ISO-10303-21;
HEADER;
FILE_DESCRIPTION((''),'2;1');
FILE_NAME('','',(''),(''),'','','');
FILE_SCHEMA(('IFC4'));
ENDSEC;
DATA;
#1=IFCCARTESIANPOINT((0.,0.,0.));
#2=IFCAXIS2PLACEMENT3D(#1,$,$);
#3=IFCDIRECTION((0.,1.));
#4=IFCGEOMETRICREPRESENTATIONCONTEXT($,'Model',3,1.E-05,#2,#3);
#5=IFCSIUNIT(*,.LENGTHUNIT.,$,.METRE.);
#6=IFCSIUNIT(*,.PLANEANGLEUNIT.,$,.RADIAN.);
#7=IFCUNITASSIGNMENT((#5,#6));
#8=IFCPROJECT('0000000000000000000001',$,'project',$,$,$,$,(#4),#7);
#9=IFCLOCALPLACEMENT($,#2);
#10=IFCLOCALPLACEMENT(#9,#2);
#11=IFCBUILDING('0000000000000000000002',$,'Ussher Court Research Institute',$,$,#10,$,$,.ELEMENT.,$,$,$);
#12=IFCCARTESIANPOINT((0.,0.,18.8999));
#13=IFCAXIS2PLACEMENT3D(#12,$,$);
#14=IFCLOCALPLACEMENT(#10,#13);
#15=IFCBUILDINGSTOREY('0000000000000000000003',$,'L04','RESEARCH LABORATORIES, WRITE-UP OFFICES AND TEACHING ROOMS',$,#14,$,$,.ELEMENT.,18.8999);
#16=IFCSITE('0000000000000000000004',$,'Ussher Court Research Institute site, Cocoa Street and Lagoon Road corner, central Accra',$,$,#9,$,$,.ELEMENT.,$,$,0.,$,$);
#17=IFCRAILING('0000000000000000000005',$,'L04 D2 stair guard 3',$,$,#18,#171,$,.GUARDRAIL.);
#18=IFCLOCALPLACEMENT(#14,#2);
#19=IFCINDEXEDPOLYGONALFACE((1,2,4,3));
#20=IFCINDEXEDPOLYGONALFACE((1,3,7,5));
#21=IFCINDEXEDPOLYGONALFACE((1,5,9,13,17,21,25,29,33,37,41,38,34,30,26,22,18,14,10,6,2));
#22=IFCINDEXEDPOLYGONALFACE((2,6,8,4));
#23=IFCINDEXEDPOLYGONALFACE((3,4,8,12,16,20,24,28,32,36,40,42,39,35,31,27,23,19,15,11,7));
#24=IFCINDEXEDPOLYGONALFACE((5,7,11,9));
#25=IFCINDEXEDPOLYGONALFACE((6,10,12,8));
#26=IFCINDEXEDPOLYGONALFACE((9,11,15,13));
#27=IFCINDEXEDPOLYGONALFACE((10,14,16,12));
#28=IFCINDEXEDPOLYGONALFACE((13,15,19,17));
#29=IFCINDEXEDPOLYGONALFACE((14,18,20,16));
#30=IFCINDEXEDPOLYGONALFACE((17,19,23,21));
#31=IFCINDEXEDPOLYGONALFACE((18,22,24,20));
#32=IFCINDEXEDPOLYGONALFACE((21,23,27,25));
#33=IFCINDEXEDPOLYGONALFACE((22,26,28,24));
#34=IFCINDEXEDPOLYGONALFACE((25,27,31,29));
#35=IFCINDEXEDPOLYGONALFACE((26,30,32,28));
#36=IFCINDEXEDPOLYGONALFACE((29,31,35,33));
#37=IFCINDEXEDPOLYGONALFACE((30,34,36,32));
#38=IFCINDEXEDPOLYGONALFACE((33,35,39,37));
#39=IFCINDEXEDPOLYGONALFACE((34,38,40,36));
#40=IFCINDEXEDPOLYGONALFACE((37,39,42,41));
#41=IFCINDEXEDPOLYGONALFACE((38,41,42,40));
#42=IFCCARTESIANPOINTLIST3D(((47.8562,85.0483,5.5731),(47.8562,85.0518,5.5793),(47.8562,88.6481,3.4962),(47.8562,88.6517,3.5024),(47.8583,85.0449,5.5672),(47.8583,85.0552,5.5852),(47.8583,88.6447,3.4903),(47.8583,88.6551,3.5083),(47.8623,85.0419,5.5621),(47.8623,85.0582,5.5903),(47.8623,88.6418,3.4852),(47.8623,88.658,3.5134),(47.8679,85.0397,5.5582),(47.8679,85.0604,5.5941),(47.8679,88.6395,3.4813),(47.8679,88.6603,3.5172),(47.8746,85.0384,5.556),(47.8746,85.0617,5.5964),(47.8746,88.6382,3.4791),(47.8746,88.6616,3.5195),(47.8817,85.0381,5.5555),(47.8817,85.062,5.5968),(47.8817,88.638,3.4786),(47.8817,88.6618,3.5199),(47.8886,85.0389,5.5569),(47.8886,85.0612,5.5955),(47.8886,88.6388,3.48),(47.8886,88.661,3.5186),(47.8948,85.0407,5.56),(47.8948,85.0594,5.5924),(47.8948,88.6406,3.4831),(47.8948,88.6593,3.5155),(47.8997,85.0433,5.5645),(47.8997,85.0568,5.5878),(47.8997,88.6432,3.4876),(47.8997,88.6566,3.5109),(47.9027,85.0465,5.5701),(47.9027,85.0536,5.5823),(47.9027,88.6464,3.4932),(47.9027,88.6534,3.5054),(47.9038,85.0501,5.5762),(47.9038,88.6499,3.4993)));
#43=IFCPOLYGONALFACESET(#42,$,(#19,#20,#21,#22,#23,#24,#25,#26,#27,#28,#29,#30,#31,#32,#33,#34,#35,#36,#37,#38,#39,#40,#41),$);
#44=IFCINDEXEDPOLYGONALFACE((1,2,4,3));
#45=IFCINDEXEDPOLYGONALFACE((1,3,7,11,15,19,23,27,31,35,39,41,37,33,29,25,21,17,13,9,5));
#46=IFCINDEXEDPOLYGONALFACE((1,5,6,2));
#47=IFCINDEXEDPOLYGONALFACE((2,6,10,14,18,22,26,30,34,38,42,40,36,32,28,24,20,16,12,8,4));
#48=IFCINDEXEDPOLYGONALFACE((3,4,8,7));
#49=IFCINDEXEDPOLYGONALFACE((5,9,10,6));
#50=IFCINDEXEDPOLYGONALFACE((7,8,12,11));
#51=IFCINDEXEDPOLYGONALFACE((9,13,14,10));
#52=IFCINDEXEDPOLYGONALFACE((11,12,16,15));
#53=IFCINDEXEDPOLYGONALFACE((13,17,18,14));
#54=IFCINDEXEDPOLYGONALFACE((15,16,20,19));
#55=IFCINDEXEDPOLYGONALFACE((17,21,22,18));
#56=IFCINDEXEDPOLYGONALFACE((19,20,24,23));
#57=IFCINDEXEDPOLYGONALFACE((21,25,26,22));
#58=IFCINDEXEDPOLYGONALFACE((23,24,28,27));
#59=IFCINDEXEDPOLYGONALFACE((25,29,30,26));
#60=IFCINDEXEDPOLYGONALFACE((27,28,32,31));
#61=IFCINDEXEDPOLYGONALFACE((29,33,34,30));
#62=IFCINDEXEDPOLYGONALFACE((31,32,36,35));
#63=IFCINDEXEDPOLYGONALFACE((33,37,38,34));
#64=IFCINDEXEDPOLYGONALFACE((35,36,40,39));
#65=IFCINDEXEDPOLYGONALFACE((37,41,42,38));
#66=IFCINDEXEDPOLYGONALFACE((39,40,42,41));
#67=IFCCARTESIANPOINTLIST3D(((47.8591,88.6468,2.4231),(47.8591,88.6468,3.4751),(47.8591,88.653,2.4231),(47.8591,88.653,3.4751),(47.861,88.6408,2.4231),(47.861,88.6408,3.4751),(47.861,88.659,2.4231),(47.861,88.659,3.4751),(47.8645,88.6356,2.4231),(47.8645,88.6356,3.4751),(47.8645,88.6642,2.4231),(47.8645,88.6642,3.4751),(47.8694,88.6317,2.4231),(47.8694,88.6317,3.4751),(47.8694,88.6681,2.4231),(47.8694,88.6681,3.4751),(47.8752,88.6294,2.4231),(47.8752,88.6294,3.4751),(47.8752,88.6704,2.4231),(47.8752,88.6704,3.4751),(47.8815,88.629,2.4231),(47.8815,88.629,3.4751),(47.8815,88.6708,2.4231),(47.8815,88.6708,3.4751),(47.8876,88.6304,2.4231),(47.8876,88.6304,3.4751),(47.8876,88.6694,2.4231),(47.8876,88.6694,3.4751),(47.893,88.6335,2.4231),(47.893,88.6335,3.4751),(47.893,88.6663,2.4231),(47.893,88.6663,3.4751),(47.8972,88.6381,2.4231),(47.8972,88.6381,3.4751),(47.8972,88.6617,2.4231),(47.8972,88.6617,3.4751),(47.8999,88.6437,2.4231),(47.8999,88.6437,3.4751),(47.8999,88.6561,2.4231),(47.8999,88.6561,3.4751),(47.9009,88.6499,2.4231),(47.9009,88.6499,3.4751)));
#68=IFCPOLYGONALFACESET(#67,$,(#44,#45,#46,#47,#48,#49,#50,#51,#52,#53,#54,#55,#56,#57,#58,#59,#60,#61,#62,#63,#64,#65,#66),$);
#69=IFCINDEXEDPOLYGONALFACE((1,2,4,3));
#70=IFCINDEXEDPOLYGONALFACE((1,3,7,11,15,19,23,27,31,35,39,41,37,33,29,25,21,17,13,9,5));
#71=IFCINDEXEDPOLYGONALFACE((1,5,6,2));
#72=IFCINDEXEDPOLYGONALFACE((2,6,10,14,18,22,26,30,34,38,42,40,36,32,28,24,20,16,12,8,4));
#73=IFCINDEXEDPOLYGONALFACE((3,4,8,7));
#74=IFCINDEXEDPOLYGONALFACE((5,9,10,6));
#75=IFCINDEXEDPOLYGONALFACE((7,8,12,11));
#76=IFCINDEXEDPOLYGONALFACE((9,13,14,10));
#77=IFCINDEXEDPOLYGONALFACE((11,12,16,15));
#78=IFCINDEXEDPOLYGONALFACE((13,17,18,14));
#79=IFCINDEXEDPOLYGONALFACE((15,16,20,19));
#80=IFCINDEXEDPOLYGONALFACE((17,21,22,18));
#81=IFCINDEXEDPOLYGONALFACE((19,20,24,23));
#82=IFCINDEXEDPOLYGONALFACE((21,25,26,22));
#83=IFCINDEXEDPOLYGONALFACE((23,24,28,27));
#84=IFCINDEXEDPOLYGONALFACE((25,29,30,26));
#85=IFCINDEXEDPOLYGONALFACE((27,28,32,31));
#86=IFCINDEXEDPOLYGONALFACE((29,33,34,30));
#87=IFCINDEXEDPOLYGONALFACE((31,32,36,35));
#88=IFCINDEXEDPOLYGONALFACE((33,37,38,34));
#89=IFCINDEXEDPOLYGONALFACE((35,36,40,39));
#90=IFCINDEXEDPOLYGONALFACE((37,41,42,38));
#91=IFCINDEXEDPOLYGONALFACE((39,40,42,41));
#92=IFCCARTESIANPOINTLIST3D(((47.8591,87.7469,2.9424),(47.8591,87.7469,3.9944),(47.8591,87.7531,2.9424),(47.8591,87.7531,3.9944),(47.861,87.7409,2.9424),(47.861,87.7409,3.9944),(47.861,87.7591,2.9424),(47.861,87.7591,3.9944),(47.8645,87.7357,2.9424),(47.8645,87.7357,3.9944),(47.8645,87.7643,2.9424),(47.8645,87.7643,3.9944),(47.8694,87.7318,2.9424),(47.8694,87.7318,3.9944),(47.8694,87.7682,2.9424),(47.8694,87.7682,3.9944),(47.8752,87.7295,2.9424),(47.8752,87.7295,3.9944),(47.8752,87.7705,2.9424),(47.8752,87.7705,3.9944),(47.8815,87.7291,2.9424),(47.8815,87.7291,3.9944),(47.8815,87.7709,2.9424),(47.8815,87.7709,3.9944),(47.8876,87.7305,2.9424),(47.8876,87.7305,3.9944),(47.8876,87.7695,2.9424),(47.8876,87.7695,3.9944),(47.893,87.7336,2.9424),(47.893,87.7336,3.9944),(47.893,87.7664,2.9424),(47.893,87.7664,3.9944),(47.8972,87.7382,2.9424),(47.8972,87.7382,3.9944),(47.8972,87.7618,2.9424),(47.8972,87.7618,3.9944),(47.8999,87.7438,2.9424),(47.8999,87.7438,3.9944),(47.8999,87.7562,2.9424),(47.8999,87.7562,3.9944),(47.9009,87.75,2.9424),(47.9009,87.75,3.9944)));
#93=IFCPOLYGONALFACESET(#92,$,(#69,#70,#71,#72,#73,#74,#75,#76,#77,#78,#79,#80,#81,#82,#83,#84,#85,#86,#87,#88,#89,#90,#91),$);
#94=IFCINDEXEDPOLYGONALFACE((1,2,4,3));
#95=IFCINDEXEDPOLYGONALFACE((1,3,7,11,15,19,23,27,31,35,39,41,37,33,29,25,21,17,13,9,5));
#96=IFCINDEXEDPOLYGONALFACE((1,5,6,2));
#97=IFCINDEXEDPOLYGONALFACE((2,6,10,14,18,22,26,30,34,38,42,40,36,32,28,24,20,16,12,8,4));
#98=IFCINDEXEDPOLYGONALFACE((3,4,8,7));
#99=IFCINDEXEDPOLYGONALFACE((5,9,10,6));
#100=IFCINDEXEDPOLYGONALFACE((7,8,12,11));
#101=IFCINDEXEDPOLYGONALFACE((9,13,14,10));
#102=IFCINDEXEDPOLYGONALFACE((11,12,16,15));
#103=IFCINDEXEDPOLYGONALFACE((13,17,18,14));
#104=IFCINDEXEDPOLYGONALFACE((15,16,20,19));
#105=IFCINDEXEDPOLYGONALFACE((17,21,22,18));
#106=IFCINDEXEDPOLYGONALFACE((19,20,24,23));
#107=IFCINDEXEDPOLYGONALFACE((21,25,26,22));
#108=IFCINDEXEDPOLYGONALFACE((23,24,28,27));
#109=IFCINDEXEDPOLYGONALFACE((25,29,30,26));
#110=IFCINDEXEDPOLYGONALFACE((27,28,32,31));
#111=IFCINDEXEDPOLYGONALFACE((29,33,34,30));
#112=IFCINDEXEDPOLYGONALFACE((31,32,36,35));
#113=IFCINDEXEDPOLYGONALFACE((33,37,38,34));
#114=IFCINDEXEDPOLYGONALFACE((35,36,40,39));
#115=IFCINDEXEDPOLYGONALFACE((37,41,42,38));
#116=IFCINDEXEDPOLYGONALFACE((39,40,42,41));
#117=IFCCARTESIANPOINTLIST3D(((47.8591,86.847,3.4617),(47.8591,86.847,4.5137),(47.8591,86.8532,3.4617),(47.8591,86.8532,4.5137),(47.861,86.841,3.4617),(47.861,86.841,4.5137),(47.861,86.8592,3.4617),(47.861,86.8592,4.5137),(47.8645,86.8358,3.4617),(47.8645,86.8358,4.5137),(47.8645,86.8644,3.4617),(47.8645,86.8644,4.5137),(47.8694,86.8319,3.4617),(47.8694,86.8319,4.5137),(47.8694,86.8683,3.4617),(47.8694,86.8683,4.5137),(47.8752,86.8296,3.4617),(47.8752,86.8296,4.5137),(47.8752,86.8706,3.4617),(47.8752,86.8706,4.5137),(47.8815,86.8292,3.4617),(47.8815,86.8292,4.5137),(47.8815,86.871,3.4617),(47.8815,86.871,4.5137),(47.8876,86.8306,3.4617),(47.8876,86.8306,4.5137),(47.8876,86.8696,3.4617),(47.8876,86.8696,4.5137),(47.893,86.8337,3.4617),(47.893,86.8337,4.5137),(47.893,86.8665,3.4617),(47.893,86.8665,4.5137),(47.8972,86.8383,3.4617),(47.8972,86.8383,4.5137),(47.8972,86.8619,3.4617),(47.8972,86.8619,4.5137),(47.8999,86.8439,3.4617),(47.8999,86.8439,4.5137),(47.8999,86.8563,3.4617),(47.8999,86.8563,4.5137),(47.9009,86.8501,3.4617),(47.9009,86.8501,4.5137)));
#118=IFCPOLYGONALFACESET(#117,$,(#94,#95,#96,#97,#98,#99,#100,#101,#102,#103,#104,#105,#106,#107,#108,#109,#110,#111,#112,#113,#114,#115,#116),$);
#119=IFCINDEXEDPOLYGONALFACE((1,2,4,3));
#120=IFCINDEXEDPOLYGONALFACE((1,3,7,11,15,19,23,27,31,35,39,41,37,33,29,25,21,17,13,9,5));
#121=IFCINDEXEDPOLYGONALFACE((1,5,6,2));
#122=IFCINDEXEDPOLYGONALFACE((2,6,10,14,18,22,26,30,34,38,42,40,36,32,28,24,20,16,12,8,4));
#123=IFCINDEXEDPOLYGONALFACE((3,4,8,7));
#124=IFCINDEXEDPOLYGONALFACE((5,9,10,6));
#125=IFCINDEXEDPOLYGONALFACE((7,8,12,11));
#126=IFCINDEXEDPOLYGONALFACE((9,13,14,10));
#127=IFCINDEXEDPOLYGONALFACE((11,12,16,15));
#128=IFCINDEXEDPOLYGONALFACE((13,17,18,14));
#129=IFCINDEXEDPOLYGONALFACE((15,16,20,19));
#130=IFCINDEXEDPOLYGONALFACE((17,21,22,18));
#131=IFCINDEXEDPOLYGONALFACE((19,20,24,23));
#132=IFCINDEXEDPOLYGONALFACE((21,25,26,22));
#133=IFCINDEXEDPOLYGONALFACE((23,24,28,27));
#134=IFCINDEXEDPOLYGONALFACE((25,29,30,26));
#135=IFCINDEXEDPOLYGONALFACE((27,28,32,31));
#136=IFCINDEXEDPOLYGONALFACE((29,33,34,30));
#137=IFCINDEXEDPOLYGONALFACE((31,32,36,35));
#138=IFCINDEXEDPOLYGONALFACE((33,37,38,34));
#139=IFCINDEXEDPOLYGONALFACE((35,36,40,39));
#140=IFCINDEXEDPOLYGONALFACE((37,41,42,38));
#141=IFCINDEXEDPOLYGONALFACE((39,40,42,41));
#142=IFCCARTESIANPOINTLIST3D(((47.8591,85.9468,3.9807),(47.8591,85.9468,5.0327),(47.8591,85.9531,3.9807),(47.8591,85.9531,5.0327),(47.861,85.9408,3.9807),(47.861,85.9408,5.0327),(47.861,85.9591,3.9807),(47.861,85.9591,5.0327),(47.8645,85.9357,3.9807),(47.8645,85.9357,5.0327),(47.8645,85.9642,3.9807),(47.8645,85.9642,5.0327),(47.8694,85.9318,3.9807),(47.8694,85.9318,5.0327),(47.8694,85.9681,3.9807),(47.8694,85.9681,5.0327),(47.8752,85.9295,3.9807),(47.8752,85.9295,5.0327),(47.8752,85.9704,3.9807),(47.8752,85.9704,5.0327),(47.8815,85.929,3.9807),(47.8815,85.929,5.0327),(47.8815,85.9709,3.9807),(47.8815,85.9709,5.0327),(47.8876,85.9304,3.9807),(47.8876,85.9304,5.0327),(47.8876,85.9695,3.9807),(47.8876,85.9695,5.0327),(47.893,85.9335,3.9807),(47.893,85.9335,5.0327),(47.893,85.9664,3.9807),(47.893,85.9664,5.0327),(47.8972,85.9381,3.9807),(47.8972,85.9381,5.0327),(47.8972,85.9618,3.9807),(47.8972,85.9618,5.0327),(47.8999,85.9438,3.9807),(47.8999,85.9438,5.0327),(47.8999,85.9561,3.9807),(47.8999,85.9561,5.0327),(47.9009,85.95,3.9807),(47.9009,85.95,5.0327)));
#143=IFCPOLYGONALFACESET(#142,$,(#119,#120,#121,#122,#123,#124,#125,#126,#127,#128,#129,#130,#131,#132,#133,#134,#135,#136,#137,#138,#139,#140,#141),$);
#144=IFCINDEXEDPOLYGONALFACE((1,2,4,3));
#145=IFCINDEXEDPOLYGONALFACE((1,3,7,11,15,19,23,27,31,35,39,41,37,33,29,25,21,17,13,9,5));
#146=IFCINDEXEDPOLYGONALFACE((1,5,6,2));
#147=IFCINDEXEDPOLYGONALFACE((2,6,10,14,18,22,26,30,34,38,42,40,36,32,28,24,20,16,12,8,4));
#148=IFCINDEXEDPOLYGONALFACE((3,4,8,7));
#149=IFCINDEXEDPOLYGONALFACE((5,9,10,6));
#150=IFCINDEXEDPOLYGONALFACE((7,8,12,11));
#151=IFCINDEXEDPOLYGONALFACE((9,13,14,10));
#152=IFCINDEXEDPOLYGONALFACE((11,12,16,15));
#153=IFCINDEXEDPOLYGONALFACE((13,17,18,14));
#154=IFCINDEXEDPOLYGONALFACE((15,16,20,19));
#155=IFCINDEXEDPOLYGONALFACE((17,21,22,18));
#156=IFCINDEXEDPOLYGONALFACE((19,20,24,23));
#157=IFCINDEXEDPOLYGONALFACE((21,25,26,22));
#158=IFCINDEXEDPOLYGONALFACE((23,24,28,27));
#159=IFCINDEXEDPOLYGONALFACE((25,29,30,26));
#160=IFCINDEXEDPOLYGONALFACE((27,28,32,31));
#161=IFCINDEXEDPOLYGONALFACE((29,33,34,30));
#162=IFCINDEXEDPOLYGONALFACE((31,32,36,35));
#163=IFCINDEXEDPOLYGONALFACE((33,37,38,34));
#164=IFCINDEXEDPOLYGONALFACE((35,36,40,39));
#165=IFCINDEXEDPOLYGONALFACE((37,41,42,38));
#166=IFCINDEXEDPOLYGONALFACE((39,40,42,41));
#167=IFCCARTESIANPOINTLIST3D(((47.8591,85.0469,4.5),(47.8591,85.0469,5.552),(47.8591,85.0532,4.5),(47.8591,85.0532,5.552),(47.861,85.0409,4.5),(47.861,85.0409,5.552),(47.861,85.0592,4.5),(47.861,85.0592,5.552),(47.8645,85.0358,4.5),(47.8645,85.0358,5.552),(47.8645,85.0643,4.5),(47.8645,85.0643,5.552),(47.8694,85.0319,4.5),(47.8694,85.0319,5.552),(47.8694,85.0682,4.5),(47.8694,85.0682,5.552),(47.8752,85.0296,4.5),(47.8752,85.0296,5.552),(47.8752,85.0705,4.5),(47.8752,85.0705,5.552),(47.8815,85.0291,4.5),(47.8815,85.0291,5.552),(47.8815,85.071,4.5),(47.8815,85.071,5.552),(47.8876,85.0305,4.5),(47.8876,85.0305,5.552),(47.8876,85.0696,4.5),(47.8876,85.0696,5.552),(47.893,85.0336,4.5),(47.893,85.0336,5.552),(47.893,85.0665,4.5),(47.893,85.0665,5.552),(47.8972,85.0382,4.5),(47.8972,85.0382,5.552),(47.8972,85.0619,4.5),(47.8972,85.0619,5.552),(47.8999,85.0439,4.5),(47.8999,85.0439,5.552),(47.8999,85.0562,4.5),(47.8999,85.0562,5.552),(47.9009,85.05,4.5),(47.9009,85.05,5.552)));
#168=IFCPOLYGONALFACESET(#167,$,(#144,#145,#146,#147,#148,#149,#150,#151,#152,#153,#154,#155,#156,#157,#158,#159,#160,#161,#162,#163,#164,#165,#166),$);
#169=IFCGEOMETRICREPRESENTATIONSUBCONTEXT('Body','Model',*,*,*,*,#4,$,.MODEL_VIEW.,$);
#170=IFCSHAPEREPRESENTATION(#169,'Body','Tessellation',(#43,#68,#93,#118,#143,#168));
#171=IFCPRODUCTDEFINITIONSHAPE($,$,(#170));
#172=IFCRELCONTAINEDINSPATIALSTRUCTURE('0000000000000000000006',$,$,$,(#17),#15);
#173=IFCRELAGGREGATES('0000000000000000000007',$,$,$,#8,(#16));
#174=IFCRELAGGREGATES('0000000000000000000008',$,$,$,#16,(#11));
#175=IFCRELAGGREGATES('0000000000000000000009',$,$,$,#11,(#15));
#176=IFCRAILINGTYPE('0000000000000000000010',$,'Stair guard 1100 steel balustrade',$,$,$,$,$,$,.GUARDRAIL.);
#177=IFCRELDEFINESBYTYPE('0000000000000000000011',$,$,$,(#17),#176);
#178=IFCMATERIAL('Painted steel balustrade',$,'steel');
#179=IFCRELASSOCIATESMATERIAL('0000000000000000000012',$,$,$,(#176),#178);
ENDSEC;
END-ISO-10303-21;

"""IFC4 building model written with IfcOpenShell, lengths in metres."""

from ifc_helpers import new_model, si_unit, direction, frame, origin, origin_2d, place, context, subcontext, project, spatial, circle, extrude, material, type_object, element, save


model = new_model("IFC4")

# Units and contexts
model_context = context("Model", 3, precision=1e-05, world=origin(), true_north=direction((0.0, 1.0)))
body_context = subcontext(model_context, "Body", "Model", "MODEL_VIEW")
ifc_project = project(units=[si_unit("LENGTHUNIT", "METRE"), si_unit("PLANEANGLEUNIT", "RADIAN")], contexts=[model_context])

# Site, building, storey
site_placement = place(None, origin())
site = spatial("IfcSite", under=ifc_project, at=site_placement, Name="Ussher Court Research Institute site, Cocoa Street and Lagoon Road corner, central Accra", CompositionType="ELEMENT", RefElevation=0.0)
building_placement = place(site_placement, origin())
building = spatial("IfcBuilding", under=site, at=building_placement, Name="Ussher Court Research Institute", CompositionType="ELEMENT")
storey_placement = place(building_placement, frame((0.0, 0.0, 18.8999)))
storey = spatial("IfcBuildingStorey", under=building, at=storey_placement, Name="L04", Description="RESEARCH LABORATORIES, WRITE-UP OFFICES AND TEACHING ROOMS", CompositionType="ELEMENT", Elevation=18.8999)

# Railing
ifc_material_1 = material(Name="Painted steel balustrade", Category="steel")
railing_type_1 = type_object("IfcRailingType", Name="Stair guard 1100 steel balustrade", PredefinedType="GUARDRAIL", material=ifc_material_1)
railing_1_placement = place(storey_placement, frame((47.8799, 88.6499, 2.4231)))
element("IfcRailing", 1, at=railing_1_placement, inside=storey, type_object=railing_type_1, Name="L04 D2 stair guard 3", PredefinedType="GUARDRAIL", context=body_context, shape_type="SweptSolid", body=[
    extrude(circle(Radius=0.0239, at=origin_2d()), frame((0.0, 0.0, 1.0762), z_axis=(0.0, -0.866179, 0.499734), x_axis=(1.0, 0.0, 0.0)), (0.0, 0.0, 1.0), 4.156),
    extrude(circle(Radius=0.021, at=origin_2d()), origin(), (0.0, 0.0, 1.0), 1.052),
    extrude(circle(Radius=0.021, at=origin_2d()), frame((0.0, -0.8999, 0.5193)), (0.0, 0.0, 1.0), 1.052),
    extrude(circle(Radius=0.021, at=origin_2d()), frame((0.0, -1.7998, 1.0386)), (0.0, 0.0, 1.0), 1.052),
    extrude(circle(Radius=0.021, at=origin_2d()), frame((0.0, -2.7, 1.5576)), (0.0, 0.0, 1.0), 1.052),
    extrude(circle(Radius=0.021, at=origin_2d()), frame((0.0, -3.5999, 2.0769)), (0.0, 0.0, 1.0), 1.052),
])

save(model, "model.ifc")
